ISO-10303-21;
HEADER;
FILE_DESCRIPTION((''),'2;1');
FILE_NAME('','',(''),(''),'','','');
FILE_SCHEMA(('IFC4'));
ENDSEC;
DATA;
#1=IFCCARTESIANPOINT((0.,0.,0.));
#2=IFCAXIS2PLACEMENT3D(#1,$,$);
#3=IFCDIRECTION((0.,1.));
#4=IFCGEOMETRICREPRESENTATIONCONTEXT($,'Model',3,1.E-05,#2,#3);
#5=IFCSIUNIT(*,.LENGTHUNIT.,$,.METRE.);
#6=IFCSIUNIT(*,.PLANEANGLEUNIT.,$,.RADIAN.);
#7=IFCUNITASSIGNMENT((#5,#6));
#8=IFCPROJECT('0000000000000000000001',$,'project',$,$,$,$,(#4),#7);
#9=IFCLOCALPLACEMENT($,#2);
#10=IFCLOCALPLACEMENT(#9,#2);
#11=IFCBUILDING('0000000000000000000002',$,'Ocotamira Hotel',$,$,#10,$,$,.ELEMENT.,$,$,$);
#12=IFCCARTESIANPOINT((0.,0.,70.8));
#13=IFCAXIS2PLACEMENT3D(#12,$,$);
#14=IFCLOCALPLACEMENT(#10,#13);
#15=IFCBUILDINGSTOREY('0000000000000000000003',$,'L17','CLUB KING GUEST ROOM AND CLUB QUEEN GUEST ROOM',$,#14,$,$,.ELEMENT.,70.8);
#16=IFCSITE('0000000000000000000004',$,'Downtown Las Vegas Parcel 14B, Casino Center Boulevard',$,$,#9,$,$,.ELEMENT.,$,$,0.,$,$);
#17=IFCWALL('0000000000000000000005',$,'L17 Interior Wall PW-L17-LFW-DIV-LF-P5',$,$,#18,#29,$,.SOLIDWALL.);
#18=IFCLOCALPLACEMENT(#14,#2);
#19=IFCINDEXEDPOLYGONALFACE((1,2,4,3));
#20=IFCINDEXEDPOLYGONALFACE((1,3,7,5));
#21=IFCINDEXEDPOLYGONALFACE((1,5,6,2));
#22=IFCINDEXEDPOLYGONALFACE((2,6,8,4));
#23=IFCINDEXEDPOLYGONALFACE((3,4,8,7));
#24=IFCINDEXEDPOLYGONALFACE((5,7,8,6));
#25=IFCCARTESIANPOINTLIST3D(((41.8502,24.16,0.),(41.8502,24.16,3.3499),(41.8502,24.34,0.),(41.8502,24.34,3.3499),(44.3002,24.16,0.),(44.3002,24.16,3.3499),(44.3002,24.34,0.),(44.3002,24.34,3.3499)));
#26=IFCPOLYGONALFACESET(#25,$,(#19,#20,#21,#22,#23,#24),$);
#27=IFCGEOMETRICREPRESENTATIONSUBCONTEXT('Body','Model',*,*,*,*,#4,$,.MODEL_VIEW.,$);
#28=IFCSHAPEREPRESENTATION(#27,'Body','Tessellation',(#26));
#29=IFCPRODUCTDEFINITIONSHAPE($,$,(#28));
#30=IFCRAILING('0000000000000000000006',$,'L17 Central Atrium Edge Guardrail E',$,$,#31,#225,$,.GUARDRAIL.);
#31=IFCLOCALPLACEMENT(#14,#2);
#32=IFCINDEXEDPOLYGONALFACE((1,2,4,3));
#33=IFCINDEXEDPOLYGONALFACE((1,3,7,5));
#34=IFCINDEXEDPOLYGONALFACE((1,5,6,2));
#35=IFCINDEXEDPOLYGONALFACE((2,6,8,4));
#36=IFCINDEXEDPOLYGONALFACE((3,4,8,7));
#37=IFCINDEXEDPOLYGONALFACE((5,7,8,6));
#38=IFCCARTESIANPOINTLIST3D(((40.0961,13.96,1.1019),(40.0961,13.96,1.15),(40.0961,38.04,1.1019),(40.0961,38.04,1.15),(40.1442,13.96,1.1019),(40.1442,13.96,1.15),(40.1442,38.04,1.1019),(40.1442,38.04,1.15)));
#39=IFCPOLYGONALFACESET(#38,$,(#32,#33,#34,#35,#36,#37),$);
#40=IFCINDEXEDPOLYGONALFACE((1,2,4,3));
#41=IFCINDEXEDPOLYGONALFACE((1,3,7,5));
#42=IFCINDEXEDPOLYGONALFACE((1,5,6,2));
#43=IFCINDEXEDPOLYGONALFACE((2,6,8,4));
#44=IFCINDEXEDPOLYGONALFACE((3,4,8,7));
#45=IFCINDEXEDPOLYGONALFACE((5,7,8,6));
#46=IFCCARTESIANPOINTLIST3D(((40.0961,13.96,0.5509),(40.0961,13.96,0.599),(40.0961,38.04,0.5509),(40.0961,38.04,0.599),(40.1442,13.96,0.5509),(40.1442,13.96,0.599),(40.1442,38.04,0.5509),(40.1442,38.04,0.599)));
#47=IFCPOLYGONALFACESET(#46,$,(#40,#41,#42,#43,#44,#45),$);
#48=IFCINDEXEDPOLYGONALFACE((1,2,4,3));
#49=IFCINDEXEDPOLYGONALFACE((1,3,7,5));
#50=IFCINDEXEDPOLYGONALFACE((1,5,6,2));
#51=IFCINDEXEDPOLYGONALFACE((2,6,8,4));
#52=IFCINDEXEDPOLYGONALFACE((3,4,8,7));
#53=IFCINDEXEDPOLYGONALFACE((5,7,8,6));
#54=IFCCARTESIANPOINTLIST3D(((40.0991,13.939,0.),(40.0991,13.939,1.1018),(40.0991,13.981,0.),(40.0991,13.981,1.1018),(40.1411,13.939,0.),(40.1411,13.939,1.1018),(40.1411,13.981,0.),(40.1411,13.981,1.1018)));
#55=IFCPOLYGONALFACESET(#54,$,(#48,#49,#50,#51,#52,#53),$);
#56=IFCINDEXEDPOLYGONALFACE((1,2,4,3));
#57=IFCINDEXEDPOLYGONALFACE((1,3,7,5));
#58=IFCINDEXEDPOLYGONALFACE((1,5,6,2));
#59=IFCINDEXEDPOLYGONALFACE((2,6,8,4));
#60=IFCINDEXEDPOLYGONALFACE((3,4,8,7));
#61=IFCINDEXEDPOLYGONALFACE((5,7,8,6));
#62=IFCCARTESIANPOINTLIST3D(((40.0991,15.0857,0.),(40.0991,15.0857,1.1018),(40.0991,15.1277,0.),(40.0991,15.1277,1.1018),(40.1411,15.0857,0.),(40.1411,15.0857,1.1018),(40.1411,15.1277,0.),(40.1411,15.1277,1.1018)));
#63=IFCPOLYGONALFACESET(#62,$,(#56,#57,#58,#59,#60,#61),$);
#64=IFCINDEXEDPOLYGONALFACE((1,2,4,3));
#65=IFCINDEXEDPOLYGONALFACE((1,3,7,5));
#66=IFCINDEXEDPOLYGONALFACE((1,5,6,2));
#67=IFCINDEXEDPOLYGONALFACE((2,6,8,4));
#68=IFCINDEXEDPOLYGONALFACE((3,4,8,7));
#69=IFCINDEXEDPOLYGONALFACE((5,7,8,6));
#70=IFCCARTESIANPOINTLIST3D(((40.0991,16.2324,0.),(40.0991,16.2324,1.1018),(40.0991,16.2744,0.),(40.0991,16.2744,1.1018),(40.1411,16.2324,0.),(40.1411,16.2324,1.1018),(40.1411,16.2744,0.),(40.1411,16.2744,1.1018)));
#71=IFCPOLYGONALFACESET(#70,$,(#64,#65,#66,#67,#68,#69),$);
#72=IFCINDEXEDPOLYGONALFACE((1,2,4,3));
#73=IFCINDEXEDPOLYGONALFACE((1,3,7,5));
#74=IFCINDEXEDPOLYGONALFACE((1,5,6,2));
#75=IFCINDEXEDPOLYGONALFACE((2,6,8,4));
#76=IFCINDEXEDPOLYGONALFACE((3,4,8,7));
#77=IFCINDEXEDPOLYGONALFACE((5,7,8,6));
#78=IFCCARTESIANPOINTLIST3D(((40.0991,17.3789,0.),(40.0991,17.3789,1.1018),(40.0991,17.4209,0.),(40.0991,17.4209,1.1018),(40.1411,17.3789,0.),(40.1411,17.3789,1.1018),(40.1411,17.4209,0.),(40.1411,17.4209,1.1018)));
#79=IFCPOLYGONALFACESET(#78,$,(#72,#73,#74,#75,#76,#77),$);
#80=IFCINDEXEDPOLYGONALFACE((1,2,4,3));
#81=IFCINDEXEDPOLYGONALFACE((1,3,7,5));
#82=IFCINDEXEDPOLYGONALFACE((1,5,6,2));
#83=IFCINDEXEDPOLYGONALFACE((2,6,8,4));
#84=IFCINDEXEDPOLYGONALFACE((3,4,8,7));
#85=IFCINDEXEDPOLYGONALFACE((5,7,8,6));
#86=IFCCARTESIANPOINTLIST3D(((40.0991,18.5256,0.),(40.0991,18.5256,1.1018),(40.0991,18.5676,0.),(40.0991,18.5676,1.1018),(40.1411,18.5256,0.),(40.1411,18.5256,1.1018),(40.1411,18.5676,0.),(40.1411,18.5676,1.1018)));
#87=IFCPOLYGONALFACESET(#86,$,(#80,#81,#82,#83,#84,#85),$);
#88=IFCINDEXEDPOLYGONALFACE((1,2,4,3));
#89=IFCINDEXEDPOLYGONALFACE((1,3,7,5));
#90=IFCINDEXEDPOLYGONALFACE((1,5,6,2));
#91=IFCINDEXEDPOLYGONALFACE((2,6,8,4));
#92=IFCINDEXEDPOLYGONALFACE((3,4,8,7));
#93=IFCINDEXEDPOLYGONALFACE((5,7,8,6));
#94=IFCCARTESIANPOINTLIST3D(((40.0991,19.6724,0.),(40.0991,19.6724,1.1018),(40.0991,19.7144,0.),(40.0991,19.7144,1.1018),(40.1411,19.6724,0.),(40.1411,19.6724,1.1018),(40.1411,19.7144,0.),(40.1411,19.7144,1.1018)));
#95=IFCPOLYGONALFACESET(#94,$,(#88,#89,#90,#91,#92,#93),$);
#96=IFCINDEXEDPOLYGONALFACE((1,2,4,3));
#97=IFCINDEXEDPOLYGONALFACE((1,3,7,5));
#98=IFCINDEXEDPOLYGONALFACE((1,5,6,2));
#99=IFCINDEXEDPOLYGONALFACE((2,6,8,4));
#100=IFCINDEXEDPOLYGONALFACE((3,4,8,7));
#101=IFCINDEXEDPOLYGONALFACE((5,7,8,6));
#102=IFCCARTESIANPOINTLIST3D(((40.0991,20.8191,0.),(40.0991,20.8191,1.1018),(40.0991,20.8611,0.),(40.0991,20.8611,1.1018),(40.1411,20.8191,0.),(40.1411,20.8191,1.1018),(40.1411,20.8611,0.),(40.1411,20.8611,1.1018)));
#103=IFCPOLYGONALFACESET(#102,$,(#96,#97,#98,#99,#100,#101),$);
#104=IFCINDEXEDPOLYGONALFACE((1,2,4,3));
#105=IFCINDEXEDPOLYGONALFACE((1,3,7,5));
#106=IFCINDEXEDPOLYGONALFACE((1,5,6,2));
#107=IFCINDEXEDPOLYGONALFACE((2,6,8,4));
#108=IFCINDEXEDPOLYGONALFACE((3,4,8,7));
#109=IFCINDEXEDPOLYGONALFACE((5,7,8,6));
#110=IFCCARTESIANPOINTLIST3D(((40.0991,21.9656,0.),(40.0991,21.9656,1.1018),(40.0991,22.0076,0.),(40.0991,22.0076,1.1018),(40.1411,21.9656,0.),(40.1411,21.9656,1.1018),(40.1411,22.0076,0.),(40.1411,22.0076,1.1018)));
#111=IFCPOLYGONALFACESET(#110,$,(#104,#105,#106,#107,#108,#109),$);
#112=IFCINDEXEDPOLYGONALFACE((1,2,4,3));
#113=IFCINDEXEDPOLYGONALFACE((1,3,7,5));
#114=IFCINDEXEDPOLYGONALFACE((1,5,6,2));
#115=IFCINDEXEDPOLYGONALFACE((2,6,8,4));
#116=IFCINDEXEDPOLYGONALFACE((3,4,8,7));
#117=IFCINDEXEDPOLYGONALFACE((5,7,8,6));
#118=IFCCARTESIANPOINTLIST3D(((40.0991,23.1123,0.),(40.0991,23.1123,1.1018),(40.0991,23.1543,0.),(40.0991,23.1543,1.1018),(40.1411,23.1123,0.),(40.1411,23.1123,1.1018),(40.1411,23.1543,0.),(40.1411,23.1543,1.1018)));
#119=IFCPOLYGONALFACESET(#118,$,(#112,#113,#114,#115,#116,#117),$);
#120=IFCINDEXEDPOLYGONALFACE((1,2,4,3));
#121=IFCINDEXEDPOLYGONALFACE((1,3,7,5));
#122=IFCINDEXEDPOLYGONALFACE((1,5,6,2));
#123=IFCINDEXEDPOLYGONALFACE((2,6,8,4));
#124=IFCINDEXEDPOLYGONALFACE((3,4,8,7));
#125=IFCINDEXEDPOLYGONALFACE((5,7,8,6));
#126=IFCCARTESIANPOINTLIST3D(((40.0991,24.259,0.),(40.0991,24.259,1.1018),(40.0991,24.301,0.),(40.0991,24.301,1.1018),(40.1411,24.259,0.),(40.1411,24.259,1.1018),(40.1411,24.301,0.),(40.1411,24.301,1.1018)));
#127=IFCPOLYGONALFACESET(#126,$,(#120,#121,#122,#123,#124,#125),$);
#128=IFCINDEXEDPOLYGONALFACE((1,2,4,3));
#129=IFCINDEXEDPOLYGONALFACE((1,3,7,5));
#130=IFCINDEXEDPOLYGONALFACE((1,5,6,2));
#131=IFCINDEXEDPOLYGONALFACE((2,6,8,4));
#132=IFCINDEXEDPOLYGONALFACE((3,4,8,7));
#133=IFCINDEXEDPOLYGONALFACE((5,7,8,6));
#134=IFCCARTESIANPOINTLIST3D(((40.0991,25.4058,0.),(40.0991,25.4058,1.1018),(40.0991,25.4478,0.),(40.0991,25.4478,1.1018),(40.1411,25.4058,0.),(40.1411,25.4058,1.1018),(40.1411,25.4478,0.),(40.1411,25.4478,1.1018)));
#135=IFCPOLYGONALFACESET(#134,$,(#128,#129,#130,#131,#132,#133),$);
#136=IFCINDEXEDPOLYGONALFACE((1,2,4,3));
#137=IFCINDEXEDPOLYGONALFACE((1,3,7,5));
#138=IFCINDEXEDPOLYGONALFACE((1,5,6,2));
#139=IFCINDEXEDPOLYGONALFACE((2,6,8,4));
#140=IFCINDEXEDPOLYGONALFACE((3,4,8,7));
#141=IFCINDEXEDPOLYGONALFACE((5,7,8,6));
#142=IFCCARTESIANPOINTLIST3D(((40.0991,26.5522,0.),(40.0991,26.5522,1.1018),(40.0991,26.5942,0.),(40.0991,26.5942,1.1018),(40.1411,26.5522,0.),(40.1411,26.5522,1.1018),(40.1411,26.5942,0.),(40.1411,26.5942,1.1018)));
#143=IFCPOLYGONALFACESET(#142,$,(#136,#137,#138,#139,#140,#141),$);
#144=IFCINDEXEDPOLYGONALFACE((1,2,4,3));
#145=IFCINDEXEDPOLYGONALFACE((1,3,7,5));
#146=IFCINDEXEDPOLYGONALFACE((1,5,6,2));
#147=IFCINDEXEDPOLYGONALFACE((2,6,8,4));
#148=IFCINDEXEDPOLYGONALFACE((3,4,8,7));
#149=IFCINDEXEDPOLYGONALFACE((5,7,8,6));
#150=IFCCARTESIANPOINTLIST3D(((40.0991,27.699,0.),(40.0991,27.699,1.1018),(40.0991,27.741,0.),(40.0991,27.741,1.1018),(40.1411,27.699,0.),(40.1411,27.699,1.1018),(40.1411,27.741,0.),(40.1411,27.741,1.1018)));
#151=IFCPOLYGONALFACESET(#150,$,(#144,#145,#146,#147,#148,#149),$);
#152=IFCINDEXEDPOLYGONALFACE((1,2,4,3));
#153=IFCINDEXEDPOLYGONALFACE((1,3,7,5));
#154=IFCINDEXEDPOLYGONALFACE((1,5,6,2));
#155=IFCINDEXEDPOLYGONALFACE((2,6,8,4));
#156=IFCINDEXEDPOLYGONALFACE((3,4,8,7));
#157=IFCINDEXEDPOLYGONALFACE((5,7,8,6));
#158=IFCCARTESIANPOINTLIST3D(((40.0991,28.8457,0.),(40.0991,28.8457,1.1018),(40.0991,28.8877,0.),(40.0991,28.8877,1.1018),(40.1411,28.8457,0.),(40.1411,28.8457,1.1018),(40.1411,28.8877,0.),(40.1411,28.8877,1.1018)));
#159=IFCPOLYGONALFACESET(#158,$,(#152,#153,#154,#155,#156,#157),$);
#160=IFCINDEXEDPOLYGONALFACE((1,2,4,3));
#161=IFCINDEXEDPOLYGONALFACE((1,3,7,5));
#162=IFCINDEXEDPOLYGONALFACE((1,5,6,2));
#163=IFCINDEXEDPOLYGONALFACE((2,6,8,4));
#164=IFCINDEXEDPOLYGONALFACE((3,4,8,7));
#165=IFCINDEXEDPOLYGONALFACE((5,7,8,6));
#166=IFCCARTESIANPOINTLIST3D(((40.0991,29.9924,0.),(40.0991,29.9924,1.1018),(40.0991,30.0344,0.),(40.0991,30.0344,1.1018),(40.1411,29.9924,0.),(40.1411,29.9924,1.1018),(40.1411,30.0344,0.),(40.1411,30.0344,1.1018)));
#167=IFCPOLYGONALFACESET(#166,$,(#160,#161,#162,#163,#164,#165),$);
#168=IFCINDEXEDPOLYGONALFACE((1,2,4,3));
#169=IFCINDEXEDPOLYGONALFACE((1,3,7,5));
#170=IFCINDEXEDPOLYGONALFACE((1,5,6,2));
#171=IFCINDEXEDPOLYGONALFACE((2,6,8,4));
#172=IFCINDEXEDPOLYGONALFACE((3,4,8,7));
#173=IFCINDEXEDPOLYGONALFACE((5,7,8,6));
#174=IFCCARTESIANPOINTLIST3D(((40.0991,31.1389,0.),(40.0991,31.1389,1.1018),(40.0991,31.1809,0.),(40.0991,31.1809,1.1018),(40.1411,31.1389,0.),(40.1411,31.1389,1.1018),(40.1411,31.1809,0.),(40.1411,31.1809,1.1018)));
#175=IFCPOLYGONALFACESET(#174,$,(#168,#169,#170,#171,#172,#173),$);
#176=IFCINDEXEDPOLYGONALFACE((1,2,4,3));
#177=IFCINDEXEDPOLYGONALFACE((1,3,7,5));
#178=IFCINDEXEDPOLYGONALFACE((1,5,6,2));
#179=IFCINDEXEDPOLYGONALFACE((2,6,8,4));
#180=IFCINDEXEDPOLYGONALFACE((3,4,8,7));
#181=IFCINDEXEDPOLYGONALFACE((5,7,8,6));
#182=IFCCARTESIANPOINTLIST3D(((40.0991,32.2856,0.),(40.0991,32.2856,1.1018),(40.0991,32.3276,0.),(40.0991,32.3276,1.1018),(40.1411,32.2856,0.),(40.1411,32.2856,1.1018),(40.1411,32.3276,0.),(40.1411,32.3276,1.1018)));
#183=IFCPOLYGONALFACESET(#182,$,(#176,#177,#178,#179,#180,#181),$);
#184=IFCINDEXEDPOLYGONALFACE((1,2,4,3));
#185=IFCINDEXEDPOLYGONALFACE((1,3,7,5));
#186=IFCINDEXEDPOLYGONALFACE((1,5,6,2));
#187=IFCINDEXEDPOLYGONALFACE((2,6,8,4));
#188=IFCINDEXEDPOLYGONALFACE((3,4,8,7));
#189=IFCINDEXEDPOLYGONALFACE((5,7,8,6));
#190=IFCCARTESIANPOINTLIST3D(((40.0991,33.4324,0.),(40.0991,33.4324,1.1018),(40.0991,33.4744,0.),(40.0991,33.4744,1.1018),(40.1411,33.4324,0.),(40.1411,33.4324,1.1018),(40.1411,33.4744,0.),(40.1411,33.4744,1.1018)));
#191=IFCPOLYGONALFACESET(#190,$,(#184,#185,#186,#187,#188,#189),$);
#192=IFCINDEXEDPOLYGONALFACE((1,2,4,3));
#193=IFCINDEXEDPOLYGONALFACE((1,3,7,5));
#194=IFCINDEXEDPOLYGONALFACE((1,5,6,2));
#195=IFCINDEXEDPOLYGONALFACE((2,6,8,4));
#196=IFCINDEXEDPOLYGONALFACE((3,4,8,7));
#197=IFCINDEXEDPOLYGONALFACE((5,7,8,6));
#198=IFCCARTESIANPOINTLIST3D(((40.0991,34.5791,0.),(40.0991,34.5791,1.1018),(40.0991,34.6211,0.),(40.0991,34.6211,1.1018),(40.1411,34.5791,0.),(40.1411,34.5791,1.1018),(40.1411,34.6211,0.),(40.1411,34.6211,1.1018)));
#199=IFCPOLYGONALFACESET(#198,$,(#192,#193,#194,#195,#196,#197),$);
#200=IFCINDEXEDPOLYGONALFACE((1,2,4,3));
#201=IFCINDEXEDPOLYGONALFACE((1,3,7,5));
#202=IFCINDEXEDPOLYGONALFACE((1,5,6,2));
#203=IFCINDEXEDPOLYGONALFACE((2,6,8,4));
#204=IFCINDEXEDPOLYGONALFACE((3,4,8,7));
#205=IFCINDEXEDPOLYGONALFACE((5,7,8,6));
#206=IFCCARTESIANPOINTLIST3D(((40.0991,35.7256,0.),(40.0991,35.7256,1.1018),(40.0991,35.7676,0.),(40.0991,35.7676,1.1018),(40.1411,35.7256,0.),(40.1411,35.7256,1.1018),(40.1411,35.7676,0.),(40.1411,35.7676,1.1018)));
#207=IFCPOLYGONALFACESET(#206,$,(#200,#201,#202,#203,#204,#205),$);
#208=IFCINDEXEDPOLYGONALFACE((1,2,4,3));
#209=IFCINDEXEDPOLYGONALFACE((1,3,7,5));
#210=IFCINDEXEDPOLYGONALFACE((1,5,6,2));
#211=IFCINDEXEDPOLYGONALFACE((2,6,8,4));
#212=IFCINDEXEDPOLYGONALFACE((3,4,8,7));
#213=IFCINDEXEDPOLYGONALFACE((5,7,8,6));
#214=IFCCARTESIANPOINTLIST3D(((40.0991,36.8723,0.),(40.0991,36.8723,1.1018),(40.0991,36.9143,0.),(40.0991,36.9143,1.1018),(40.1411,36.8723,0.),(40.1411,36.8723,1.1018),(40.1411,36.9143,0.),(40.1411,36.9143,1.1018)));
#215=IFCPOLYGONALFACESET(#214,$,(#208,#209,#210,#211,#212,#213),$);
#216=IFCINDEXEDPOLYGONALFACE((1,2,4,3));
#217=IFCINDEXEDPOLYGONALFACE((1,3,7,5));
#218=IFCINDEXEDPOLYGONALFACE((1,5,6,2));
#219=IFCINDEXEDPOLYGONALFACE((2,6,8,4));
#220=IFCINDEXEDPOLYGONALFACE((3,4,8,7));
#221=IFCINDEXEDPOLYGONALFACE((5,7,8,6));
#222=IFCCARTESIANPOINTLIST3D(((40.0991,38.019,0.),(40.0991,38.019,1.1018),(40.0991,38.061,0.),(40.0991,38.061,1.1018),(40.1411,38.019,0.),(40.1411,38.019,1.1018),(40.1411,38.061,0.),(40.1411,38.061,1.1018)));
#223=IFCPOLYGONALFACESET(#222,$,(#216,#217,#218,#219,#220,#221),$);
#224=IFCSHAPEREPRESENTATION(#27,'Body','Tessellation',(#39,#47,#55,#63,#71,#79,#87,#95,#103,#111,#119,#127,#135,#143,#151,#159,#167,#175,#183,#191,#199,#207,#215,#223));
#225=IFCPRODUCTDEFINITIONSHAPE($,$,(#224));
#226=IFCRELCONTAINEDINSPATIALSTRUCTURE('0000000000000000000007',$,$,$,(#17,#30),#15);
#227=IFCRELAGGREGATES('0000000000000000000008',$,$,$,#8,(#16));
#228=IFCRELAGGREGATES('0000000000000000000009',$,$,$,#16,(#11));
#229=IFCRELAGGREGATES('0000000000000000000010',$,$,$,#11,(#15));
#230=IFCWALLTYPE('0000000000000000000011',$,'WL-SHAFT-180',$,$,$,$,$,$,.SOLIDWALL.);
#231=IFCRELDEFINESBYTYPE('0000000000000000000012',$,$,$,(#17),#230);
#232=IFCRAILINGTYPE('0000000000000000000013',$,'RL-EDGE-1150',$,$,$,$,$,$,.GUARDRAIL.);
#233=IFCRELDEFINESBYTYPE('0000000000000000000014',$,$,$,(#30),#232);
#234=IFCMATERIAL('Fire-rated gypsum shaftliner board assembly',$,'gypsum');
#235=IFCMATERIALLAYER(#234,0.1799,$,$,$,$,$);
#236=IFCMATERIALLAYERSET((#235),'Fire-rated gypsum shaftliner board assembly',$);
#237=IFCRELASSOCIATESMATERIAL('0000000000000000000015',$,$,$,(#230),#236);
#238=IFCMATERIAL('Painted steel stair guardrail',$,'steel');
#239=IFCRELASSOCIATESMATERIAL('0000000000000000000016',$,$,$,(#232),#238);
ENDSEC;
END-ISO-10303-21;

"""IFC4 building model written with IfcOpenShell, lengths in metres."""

from ifc_helpers import new_model, si_unit, direction, frame, frame_2d, origin, origin_2d, place, context, subcontext, project, spatial, rectangle, extrude, material, layer, layer_set, type_object, element, save


model = new_model("IFC4")

# Units and contexts
model_context = context("Model", 3, precision=1e-05, world=origin(), true_north=direction((0.0, 1.0)))
body_context = subcontext(model_context, "Body", "Model", "MODEL_VIEW")
ifc_project = project(units=[si_unit("LENGTHUNIT", "METRE"), si_unit("PLANEANGLEUNIT", "RADIAN")], contexts=[model_context])

# Site, building, storey
site_placement = place(None, origin())
site = spatial("IfcSite", under=ifc_project, at=site_placement, Name="Downtown Las Vegas Parcel 14B, Casino Center Boulevard", CompositionType="ELEMENT", RefElevation=0.0)
building_placement = place(site_placement, origin())
building = spatial("IfcBuilding", under=site, at=building_placement, Name="Ocotamira Hotel", CompositionType="ELEMENT")
storey_placement = place(building_placement, frame((0.0, 0.0, 70.8)))
storey = spatial("IfcBuildingStorey", under=building, at=storey_placement, Name="L17", Description="CLUB KING GUEST ROOM AND CLUB QUEEN GUEST ROOM", CompositionType="ELEMENT", Elevation=70.8)

# Wall
ifc_material_1 = material(Name="Fire-rated gypsum shaftliner board assembly", Category="gypsum")
ifc_layer_1 = layer(ifc_material_1, 0.1799)
ifc_layer_set_1 = layer_set([ifc_layer_1], Name="Fire-rated gypsum shaftliner board assembly")
wall_type_1 = type_object("IfcWallType", Name="WL-SHAFT-180", PredefinedType="SOLIDWALL", material=ifc_layer_set_1)
for number, where, z_axis, x_axis, name in (
    (1, (41.8501, 24.25, 0.0), (0.0, 0.0, 1.0), (1.0, 0.0, 0.0), "L17 Interior Wall PW-L17-LFW-DIV-LF-P5"),
):
    element("IfcWall", number, at=place(storey_placement, frame(where, z_axis=z_axis, x_axis=x_axis)), inside=storey, type_object=wall_type_1, Name=name, PredefinedType="SOLIDWALL", context=body_context, shape_type="SweptSolid", body=[
        extrude(rectangle(XDim=2.45, YDim=0.1799, at=frame_2d((1.2251, 0.0))), origin(), (0.0, 0.0, 1.0), 3.3499),
    ])

# Railing
ifc_material_2 = material(Name="Painted steel stair guardrail", Category="steel")
railing_type = type_object("IfcRailingType", Name="RL-EDGE-1150", PredefinedType="GUARDRAIL", material=ifc_material_2)
railing_placement = place(storey_placement, frame((40.1201, 13.96, 0.0)))
element("IfcRailing", 2, at=railing_placement, inside=storey, type_object=railing_type, Name="L17 Central Atrium Edge Guardrail E", PredefinedType="GUARDRAIL", context=body_context, shape_type="SweptSolid", body=[
    extrude(rectangle(XDim=0.0481, YDim=0.0481, at=origin_2d()), frame((0.0, 0.0, 1.126), z_axis=(0.0, 1.0, 0.0), x_axis=(-1.0, 0.0, 0.0)), (0.0, 0.0, 1.0), 24.0801),
    extrude(rectangle(XDim=0.0481, YDim=0.0481, at=origin_2d()), frame((0.0, 0.0, 0.575), z_axis=(0.0, 1.0, 0.0), x_axis=(-1.0, 0.0, 0.0)), (0.0, 0.0, 1.0), 24.0801),
    extrude(rectangle(XDim=0.042, YDim=0.042, at=origin_2d()), origin(), (0.0, 0.0, 1.0), 1.1018),
    extrude(rectangle(XDim=0.042, YDim=0.042, at=origin_2d()), frame((0.0, 1.1467, 0.0)), (0.0, 0.0, 1.0), 1.1018),
    extrude(rectangle(XDim=0.042, YDim=0.042, at=origin_2d()), frame((0.0, 2.2935, 0.0)), (0.0, 0.0, 1.0), 1.1018),
    extrude(rectangle(XDim=0.042, YDim=0.042, at=origin_2d()), frame((0.0, 3.4399, 0.0)), (0.0, 0.0, 1.0), 1.1018),
    extrude(rectangle(XDim=0.042, YDim=0.042, at=origin_2d()), frame((0.0, 4.5867, 0.0)), (0.0, 0.0, 1.0), 1.1018),
    extrude(rectangle(XDim=0.042, YDim=0.042, at=origin_2d()), frame((0.0, 5.7334, 0.0)), (0.0, 0.0, 1.0), 1.1018),
    extrude(rectangle(XDim=0.042, YDim=0.042, at=origin_2d()), frame((0.0, 6.8801, 0.0)), (0.0, 0.0, 1.0), 1.1018),
    extrude(rectangle(XDim=0.042, YDim=0.042, at=origin_2d()), frame((0.0, 8.0266, 0.0)), (0.0, 0.0, 1.0), 1.1018),
    extrude(rectangle(XDim=0.042, YDim=0.042, at=origin_2d()), frame((0.0, 9.1733, 0.0)), (0.0, 0.0, 1.0), 1.1018),
    extrude(rectangle(XDim=0.042, YDim=0.042, at=origin_2d()), frame((0.0, 10.3201, 0.0)), (0.0, 0.0, 1.0), 1.1018),
    extrude(rectangle(XDim=0.042, YDim=0.042, at=origin_2d()), frame((0.0, 11.4668, 0.0)), (0.0, 0.0, 1.0), 1.1018),
    extrude(rectangle(XDim=0.042, YDim=0.042, at=origin_2d()), frame((0.0, 12.6133, 0.0)), (0.0, 0.0, 1.0), 1.1018),
    extrude(rectangle(XDim=0.042, YDim=0.042, at=origin_2d()), frame((0.0, 13.76, 0.0)), (0.0, 0.0, 1.0), 1.1018),
    extrude(rectangle(XDim=0.042, YDim=0.042, at=origin_2d()), frame((0.0, 14.9067, 0.0)), (0.0, 0.0, 1.0), 1.1018),
    extrude(rectangle(XDim=0.042, YDim=0.042, at=origin_2d()), frame((0.0, 16.0535, 0.0)), (0.0, 0.0, 1.0), 1.1018),
    extrude(rectangle(XDim=0.042, YDim=0.042, at=origin_2d()), frame((0.0, 17.2, 0.0)), (0.0, 0.0, 1.0), 1.1018),
    extrude(rectangle(XDim=0.042, YDim=0.042, at=origin_2d()), frame((0.0, 18.3467, 0.0)), (0.0, 0.0, 1.0), 1.1018),
    extrude(rectangle(XDim=0.042, YDim=0.042, at=origin_2d()), frame((0.0, 19.4934, 0.0)), (0.0, 0.0, 1.0), 1.1018),
    extrude(rectangle(XDim=0.042, YDim=0.042, at=origin_2d()), frame((0.0, 20.6401, 0.0)), (0.0, 0.0, 1.0), 1.1018),
    extrude(rectangle(XDim=0.042, YDim=0.042, at=origin_2d()), frame((0.0, 21.7866, 0.0)), (0.0, 0.0, 1.0), 1.1018),
    extrude(rectangle(XDim=0.042, YDim=0.042, at=origin_2d()), frame((0.0, 22.9333, 0.0)), (0.0, 0.0, 1.0), 1.1018),
    extrude(rectangle(XDim=0.042, YDim=0.042, at=origin_2d()), frame((0.0, 24.0801, 0.0)), (0.0, 0.0, 1.0), 1.1018),
])

save(model, "model.ifc")
